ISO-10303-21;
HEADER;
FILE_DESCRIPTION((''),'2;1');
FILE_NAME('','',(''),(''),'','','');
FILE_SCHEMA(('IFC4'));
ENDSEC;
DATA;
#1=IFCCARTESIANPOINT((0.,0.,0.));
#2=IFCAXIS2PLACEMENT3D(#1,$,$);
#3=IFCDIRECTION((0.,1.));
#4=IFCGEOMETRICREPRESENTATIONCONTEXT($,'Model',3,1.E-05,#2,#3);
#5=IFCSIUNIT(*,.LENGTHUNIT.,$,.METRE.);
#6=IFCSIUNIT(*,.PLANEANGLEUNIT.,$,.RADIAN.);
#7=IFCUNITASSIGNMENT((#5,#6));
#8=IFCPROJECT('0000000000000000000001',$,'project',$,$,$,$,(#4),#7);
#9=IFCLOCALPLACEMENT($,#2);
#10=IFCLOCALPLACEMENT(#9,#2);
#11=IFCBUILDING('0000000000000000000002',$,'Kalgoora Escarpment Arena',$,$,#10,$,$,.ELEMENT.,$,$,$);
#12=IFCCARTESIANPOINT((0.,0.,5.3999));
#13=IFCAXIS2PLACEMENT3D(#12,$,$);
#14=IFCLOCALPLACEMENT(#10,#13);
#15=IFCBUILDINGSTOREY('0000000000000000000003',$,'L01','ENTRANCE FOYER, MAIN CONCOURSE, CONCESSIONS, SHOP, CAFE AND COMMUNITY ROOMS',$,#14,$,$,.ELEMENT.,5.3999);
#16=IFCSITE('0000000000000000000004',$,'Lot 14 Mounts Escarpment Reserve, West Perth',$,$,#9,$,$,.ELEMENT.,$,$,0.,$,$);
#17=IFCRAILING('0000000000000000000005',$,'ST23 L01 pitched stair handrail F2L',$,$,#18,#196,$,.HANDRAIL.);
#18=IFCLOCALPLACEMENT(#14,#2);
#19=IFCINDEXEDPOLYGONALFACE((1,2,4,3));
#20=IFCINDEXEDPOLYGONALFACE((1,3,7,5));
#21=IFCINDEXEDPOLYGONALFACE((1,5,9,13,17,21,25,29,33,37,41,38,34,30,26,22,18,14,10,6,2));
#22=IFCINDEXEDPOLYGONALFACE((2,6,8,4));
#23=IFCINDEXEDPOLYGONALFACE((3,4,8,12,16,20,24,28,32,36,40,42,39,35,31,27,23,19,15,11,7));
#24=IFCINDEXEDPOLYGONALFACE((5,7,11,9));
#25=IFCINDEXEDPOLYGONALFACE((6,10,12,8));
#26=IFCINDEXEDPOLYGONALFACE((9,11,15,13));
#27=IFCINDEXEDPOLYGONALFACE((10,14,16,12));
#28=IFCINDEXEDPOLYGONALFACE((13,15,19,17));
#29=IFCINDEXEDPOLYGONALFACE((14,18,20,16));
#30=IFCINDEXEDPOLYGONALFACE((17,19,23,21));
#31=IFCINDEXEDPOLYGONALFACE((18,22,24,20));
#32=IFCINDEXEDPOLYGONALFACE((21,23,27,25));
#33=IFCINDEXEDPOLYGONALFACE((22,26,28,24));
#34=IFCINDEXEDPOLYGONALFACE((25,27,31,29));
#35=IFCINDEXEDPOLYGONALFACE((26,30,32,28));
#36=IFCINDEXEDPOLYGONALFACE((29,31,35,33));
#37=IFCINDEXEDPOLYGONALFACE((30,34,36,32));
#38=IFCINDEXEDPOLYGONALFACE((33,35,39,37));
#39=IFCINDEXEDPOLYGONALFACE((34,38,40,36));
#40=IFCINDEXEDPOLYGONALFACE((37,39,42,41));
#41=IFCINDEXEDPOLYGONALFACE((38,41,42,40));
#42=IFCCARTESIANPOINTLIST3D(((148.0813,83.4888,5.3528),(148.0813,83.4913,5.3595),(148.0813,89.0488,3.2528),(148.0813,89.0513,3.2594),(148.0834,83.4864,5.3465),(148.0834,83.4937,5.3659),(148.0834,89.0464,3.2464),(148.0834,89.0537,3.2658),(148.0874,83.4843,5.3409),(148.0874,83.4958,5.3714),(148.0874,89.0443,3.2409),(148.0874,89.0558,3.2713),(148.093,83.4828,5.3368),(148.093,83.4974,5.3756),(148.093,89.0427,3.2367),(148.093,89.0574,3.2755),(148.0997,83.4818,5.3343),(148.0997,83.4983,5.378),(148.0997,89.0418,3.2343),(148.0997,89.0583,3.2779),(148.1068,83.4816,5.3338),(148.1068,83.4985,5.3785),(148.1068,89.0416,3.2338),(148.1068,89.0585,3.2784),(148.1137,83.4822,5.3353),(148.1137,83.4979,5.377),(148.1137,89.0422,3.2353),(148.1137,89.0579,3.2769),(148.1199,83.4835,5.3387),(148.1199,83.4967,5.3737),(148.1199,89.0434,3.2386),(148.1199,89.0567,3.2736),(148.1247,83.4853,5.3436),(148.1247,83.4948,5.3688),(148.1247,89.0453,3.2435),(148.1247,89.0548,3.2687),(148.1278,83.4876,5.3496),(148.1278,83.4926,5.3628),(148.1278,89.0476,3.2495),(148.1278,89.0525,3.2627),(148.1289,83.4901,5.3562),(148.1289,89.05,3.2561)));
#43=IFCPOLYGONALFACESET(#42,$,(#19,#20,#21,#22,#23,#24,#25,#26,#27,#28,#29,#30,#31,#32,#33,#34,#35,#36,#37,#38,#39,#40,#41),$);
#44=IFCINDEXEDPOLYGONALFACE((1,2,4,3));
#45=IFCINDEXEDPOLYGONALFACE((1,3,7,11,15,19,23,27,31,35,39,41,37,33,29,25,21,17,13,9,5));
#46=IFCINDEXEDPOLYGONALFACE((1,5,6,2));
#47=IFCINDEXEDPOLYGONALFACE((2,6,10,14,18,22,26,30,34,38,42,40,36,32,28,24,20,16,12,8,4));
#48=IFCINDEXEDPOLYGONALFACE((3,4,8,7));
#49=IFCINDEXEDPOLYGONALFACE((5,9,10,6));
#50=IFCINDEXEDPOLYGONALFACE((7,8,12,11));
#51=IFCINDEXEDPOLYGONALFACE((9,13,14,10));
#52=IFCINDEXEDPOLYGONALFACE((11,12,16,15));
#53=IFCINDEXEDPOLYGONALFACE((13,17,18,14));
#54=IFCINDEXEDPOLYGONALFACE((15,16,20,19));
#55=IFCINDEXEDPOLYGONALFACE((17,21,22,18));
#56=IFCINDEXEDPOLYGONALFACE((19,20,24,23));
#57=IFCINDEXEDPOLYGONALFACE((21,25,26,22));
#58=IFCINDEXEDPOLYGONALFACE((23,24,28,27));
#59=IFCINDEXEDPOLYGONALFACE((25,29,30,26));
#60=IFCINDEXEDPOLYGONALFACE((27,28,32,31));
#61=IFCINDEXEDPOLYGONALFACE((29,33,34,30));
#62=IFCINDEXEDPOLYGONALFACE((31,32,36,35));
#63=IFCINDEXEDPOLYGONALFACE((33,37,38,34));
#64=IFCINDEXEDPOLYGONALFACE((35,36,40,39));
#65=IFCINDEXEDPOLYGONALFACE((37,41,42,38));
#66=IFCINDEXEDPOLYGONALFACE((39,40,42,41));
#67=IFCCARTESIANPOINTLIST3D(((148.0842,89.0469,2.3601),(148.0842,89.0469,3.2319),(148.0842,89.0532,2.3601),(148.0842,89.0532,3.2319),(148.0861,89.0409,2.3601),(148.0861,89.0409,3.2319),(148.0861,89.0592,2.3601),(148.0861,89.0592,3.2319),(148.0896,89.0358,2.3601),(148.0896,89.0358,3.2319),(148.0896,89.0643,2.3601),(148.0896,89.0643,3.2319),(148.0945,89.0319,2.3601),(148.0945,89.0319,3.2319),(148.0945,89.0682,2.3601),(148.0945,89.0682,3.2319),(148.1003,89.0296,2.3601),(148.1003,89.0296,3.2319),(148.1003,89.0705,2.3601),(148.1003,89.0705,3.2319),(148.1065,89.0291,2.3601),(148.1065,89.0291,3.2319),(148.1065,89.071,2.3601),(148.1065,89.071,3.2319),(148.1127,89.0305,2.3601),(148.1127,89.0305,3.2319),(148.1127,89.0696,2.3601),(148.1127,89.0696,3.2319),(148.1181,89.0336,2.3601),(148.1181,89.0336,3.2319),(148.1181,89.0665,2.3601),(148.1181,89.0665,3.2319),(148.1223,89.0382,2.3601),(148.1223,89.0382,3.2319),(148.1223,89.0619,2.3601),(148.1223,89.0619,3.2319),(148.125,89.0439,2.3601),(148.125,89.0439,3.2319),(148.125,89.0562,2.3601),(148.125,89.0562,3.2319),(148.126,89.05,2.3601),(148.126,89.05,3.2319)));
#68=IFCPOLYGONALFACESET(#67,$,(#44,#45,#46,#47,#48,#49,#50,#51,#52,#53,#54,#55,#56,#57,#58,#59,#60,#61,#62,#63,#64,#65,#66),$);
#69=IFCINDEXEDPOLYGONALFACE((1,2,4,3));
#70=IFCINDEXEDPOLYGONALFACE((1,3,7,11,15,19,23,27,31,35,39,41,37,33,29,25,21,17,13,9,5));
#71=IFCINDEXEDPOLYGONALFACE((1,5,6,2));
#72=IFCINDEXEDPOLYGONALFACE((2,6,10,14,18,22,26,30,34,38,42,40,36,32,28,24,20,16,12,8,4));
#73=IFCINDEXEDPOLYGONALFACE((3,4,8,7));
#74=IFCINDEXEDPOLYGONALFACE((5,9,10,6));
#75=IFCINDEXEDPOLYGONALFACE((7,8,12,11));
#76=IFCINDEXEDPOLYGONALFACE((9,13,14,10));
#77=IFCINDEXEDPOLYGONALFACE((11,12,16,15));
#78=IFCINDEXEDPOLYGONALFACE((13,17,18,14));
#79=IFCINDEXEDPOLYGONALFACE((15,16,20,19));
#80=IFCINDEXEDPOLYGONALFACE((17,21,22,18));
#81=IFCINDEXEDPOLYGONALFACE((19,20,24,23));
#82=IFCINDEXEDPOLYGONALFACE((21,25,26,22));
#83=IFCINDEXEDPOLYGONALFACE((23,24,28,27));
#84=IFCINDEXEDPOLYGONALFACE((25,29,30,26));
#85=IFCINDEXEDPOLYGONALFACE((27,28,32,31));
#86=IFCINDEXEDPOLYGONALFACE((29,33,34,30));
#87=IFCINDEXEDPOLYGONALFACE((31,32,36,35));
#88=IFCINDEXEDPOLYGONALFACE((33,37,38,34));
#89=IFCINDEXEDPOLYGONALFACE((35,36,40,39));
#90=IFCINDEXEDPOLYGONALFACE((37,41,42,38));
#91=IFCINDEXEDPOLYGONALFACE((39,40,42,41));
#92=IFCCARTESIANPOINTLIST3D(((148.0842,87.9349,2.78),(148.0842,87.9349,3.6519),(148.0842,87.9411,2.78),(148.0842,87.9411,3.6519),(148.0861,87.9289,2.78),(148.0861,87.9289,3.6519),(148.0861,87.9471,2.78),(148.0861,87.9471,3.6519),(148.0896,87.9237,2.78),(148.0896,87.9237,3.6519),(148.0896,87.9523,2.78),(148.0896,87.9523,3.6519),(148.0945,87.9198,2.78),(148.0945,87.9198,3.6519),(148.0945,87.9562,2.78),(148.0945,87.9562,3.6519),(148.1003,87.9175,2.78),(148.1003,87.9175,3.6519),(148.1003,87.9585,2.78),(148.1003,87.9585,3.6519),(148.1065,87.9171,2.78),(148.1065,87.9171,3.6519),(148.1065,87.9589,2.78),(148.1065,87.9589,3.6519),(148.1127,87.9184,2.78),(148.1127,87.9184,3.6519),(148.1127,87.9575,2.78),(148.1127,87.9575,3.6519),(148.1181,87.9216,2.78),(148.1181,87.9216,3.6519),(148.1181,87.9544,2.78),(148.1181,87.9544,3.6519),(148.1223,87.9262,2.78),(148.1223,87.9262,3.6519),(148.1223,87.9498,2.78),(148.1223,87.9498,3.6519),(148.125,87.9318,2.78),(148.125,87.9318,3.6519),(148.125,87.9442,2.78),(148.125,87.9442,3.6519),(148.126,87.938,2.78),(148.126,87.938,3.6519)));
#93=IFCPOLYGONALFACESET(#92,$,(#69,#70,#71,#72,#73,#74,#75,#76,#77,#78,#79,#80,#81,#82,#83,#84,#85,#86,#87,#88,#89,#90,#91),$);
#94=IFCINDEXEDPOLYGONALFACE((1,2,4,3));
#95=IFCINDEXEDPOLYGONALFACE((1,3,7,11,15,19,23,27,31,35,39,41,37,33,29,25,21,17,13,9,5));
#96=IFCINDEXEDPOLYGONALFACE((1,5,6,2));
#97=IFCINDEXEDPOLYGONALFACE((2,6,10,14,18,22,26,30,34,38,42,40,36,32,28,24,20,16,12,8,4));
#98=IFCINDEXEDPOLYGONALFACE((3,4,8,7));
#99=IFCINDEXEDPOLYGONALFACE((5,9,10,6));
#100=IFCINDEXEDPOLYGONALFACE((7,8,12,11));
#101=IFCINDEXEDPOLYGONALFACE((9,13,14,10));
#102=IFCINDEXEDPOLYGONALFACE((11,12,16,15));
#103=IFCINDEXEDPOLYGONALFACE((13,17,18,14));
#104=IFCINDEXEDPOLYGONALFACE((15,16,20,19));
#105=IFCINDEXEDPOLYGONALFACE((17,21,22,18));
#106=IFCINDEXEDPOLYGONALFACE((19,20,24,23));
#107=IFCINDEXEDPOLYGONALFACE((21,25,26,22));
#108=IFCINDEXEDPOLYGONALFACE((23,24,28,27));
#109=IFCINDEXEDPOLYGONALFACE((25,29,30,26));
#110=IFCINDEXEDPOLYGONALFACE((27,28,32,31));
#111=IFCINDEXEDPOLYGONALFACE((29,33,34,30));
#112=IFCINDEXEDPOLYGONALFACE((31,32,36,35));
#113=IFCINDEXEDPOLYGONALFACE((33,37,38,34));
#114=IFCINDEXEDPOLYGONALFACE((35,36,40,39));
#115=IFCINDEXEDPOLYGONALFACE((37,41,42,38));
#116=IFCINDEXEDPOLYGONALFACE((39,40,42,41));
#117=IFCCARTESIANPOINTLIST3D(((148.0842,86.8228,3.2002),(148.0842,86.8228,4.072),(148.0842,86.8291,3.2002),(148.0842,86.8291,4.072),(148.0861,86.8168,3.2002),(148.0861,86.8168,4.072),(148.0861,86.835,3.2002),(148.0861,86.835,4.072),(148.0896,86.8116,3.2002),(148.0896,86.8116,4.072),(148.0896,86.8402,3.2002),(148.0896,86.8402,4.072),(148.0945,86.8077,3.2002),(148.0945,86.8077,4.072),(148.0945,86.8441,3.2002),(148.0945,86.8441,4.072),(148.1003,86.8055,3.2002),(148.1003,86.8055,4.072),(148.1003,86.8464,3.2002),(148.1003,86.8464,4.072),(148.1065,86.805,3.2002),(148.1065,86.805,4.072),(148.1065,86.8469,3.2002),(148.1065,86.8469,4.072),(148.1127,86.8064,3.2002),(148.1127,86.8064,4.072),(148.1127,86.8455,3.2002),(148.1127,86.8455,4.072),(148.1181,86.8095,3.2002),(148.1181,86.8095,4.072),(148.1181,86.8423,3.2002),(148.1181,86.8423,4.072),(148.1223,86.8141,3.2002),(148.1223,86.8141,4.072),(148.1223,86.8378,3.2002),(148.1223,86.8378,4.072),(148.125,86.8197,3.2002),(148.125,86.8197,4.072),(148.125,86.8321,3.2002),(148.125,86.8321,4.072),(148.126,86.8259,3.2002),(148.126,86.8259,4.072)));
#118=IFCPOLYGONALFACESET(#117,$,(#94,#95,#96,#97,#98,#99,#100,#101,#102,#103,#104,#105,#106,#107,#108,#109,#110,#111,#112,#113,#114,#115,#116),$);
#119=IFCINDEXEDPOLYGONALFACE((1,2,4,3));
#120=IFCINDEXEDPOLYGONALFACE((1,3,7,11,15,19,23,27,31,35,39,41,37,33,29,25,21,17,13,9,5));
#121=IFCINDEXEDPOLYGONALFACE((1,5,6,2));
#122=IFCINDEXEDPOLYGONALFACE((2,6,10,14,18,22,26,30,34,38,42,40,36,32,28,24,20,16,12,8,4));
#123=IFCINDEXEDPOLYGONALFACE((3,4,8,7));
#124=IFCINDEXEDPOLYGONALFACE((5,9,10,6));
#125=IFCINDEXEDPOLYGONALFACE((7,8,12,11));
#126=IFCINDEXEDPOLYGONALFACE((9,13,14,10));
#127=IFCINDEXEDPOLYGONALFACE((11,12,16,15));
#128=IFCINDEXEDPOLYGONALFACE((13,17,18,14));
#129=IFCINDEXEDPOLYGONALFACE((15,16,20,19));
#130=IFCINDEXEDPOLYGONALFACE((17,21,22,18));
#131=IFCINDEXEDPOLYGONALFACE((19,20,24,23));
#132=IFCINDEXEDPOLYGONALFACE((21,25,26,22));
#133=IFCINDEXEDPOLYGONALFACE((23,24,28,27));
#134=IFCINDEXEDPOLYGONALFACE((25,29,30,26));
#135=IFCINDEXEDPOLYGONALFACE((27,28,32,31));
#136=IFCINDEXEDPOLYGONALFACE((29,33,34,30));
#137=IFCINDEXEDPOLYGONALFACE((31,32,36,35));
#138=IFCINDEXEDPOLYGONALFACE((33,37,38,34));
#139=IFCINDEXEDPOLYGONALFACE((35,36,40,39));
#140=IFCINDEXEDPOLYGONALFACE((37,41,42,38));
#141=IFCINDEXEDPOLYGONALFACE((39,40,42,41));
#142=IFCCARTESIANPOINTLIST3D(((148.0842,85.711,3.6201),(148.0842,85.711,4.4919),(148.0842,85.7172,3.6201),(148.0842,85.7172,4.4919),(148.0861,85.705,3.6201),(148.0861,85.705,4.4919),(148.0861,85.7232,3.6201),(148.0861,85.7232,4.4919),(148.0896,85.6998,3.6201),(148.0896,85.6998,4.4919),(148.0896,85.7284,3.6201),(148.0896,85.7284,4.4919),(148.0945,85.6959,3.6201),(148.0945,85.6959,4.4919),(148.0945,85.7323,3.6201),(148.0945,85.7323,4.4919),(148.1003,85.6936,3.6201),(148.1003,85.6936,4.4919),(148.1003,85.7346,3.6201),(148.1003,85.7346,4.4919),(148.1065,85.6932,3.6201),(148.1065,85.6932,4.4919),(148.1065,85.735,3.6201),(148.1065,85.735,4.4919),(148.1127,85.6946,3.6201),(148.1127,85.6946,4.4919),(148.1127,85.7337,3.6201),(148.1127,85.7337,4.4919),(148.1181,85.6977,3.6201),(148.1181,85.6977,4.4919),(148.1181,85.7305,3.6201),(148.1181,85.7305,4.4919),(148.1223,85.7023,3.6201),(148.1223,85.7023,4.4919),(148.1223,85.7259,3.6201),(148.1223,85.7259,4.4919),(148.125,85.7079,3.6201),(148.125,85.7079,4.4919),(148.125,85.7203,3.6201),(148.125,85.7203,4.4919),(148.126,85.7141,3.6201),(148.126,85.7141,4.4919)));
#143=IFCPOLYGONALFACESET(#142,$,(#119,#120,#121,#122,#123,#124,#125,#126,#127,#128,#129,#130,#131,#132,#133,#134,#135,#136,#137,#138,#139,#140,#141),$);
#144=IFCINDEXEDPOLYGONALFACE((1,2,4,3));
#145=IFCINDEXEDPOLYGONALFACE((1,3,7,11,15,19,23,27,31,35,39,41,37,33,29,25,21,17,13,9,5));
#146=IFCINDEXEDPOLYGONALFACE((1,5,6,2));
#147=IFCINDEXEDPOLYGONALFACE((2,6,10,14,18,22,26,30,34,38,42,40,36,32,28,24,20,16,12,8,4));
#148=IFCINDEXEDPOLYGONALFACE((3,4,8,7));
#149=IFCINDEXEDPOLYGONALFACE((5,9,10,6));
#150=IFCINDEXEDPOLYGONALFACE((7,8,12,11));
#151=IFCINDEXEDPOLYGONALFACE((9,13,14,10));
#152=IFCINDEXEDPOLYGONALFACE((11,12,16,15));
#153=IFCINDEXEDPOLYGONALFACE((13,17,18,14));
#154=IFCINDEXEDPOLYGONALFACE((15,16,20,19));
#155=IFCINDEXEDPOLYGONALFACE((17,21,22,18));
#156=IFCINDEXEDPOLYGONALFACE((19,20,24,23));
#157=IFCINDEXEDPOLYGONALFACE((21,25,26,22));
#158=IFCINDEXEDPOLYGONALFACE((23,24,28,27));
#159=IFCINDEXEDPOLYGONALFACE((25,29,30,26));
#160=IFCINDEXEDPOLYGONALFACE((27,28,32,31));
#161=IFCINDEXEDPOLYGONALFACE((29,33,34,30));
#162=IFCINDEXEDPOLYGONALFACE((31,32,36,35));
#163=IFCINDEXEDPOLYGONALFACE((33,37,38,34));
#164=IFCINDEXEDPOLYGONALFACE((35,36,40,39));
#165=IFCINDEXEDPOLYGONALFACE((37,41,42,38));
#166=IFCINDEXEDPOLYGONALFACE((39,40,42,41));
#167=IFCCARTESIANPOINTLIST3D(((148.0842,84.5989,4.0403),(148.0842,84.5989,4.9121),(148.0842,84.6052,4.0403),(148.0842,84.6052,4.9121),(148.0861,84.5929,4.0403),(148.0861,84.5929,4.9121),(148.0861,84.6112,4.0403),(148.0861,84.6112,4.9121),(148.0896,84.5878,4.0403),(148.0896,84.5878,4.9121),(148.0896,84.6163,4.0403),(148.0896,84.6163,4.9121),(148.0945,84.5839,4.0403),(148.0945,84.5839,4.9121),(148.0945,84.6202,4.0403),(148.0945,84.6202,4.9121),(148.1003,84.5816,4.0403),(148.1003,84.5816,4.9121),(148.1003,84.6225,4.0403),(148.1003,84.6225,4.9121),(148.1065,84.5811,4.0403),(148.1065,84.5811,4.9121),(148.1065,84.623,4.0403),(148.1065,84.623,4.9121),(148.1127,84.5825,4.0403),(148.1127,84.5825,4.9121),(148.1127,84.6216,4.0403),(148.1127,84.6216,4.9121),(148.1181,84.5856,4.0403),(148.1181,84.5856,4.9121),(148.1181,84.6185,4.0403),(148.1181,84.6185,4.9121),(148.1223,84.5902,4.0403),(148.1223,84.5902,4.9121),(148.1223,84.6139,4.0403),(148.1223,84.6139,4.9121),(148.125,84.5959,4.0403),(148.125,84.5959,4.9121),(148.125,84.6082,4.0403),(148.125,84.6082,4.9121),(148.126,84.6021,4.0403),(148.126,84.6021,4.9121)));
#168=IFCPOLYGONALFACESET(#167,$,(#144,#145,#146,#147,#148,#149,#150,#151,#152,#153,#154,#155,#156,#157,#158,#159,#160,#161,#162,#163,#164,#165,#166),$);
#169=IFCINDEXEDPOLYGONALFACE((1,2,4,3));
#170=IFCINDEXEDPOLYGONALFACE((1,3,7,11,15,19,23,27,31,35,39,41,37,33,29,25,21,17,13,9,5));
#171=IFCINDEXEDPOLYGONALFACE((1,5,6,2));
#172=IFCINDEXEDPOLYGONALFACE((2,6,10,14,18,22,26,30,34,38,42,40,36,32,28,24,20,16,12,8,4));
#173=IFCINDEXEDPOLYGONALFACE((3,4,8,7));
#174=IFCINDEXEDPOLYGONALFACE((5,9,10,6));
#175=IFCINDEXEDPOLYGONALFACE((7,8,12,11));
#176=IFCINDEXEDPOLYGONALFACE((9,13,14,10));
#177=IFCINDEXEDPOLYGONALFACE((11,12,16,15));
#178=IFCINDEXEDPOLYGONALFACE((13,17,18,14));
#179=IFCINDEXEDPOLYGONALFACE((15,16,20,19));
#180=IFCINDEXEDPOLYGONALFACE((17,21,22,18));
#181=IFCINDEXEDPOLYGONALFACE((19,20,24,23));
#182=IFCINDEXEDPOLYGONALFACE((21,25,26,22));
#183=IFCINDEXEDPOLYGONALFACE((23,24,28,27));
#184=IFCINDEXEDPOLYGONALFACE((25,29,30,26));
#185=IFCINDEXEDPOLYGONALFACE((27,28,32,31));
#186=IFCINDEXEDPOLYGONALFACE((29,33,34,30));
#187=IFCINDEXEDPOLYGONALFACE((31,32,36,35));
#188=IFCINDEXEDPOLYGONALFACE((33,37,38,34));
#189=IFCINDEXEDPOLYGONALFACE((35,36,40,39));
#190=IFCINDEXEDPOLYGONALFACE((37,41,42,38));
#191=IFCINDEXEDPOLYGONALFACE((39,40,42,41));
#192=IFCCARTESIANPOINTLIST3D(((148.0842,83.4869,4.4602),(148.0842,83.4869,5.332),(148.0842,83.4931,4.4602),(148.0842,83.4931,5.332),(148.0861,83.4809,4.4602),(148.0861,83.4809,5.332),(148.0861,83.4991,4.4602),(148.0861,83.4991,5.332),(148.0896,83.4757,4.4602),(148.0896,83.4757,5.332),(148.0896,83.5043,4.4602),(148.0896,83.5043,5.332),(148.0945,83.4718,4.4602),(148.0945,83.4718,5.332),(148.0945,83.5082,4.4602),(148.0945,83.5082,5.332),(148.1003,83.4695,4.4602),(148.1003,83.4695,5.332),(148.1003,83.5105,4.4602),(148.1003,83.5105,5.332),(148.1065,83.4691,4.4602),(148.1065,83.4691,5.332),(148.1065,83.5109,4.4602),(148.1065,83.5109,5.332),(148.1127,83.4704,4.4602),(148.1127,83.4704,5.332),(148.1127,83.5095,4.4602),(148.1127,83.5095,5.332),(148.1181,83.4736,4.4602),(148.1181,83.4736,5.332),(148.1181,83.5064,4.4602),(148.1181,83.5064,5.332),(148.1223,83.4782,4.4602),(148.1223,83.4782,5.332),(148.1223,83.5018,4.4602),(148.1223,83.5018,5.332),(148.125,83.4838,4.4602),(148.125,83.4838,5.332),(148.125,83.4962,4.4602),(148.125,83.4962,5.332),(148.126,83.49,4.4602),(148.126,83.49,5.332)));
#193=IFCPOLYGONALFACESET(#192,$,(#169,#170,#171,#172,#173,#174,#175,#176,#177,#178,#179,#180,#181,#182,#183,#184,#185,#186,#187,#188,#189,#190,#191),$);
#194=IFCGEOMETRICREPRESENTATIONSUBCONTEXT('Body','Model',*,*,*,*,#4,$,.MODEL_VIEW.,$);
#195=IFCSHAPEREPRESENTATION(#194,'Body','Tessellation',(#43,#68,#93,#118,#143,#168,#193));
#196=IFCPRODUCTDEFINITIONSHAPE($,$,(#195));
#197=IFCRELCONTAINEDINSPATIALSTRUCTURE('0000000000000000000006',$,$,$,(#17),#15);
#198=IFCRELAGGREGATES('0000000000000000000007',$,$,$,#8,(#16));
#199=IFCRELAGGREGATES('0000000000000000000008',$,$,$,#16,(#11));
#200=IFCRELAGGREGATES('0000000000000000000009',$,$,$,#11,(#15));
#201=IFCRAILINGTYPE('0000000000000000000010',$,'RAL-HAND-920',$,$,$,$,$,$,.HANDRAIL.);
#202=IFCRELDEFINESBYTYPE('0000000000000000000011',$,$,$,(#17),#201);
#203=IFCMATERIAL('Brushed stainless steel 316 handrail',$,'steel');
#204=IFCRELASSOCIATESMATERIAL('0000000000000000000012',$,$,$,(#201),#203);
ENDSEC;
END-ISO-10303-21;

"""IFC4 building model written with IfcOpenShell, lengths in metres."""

from ifc_helpers import new_model, si_unit, direction, frame, origin, origin_2d, place, context, subcontext, project, spatial, circle, extrude, material, type_object, element, save


model = new_model("IFC4")

# Units and contexts
model_context = context("Model", 3, precision=1e-05, world=origin(), true_north=direction((0.0, 1.0)))
body_context = subcontext(model_context, "Body", "Model", "MODEL_VIEW")
ifc_project = project(units=[si_unit("LENGTHUNIT", "METRE"), si_unit("PLANEANGLEUNIT", "RADIAN")], contexts=[model_context])

# Site, building, storey
site_placement = place(None, origin())
site = spatial("IfcSite", under=ifc_project, at=site_placement, Name="Lot 14 Mounts Escarpment Reserve, West Perth", CompositionType="ELEMENT", RefElevation=0.0)
building_placement = place(site_placement, origin())
building = spatial("IfcBuilding", under=site, at=building_placement, Name="Kalgoora Escarpment Arena", CompositionType="ELEMENT")
storey_placement = place(building_placement, frame((0.0, 0.0, 5.3999)))
storey = spatial("IfcBuildingStorey", under=building, at=storey_placement, Name="L01", Description="ENTRANCE FOYER, MAIN CONCOURSE, CONCESSIONS, SHOP, CAFE AND COMMUNITY ROOMS", CompositionType="ELEMENT", Elevation=5.3999)

# Railing
ifc_material_1 = material(Name="Brushed stainless steel 316 handrail", Category="steel")
railing_type_1 = type_object("IfcRailingType", Name="RAL-HAND-920", PredefinedType="HANDRAIL", material=ifc_material_1)
for number, where, name in (
    (1, (148.105, 89.05, 2.3601), "ST23 L01 pitched stair handrail F2L"),
):
    element("IfcRailing", number, at=place(storey_placement, frame(where)), inside=storey, type_object=railing_type_1, Name=name, PredefinedType="HANDRAIL", context=body_context, shape_type="SweptSolid", body=[
        extrude(circle(Radius=0.0239, at=origin_2d()), frame((0.0, 0.0, 0.896), z_axis=(0.0, -0.935493, 0.353346), x_axis=(1.0, 0.0, 0.0)), (0.0, 0.0, 1.0), 5.9434),
        extrude(circle(Radius=0.021, at=origin_2d()), origin(), (0.0, 0.0, 1.0), 0.8718),
        extrude(circle(Radius=0.021, at=origin_2d()), frame((0.0, -1.1121, 0.4199)), (0.0, 0.0, 1.0), 0.8718),
        extrude(circle(Radius=0.021, at=origin_2d()), frame((0.0, -2.2241, 0.8401)), (0.0, 0.0, 1.0), 0.8718),
        extrude(circle(Radius=0.021, at=origin_2d()), frame((0.0, -3.3359, 1.26)), (0.0, 0.0, 1.0), 0.8718),
        extrude(circle(Radius=0.021, at=origin_2d()), frame((0.0, -4.448, 1.6802)), (0.0, 0.0, 1.0), 0.8718),
        extrude(circle(Radius=0.021, at=origin_2d()), frame((0.0, -5.5601, 2.1001)), (0.0, 0.0, 1.0), 0.8718),
    ])

save(model, "model.ifc")
